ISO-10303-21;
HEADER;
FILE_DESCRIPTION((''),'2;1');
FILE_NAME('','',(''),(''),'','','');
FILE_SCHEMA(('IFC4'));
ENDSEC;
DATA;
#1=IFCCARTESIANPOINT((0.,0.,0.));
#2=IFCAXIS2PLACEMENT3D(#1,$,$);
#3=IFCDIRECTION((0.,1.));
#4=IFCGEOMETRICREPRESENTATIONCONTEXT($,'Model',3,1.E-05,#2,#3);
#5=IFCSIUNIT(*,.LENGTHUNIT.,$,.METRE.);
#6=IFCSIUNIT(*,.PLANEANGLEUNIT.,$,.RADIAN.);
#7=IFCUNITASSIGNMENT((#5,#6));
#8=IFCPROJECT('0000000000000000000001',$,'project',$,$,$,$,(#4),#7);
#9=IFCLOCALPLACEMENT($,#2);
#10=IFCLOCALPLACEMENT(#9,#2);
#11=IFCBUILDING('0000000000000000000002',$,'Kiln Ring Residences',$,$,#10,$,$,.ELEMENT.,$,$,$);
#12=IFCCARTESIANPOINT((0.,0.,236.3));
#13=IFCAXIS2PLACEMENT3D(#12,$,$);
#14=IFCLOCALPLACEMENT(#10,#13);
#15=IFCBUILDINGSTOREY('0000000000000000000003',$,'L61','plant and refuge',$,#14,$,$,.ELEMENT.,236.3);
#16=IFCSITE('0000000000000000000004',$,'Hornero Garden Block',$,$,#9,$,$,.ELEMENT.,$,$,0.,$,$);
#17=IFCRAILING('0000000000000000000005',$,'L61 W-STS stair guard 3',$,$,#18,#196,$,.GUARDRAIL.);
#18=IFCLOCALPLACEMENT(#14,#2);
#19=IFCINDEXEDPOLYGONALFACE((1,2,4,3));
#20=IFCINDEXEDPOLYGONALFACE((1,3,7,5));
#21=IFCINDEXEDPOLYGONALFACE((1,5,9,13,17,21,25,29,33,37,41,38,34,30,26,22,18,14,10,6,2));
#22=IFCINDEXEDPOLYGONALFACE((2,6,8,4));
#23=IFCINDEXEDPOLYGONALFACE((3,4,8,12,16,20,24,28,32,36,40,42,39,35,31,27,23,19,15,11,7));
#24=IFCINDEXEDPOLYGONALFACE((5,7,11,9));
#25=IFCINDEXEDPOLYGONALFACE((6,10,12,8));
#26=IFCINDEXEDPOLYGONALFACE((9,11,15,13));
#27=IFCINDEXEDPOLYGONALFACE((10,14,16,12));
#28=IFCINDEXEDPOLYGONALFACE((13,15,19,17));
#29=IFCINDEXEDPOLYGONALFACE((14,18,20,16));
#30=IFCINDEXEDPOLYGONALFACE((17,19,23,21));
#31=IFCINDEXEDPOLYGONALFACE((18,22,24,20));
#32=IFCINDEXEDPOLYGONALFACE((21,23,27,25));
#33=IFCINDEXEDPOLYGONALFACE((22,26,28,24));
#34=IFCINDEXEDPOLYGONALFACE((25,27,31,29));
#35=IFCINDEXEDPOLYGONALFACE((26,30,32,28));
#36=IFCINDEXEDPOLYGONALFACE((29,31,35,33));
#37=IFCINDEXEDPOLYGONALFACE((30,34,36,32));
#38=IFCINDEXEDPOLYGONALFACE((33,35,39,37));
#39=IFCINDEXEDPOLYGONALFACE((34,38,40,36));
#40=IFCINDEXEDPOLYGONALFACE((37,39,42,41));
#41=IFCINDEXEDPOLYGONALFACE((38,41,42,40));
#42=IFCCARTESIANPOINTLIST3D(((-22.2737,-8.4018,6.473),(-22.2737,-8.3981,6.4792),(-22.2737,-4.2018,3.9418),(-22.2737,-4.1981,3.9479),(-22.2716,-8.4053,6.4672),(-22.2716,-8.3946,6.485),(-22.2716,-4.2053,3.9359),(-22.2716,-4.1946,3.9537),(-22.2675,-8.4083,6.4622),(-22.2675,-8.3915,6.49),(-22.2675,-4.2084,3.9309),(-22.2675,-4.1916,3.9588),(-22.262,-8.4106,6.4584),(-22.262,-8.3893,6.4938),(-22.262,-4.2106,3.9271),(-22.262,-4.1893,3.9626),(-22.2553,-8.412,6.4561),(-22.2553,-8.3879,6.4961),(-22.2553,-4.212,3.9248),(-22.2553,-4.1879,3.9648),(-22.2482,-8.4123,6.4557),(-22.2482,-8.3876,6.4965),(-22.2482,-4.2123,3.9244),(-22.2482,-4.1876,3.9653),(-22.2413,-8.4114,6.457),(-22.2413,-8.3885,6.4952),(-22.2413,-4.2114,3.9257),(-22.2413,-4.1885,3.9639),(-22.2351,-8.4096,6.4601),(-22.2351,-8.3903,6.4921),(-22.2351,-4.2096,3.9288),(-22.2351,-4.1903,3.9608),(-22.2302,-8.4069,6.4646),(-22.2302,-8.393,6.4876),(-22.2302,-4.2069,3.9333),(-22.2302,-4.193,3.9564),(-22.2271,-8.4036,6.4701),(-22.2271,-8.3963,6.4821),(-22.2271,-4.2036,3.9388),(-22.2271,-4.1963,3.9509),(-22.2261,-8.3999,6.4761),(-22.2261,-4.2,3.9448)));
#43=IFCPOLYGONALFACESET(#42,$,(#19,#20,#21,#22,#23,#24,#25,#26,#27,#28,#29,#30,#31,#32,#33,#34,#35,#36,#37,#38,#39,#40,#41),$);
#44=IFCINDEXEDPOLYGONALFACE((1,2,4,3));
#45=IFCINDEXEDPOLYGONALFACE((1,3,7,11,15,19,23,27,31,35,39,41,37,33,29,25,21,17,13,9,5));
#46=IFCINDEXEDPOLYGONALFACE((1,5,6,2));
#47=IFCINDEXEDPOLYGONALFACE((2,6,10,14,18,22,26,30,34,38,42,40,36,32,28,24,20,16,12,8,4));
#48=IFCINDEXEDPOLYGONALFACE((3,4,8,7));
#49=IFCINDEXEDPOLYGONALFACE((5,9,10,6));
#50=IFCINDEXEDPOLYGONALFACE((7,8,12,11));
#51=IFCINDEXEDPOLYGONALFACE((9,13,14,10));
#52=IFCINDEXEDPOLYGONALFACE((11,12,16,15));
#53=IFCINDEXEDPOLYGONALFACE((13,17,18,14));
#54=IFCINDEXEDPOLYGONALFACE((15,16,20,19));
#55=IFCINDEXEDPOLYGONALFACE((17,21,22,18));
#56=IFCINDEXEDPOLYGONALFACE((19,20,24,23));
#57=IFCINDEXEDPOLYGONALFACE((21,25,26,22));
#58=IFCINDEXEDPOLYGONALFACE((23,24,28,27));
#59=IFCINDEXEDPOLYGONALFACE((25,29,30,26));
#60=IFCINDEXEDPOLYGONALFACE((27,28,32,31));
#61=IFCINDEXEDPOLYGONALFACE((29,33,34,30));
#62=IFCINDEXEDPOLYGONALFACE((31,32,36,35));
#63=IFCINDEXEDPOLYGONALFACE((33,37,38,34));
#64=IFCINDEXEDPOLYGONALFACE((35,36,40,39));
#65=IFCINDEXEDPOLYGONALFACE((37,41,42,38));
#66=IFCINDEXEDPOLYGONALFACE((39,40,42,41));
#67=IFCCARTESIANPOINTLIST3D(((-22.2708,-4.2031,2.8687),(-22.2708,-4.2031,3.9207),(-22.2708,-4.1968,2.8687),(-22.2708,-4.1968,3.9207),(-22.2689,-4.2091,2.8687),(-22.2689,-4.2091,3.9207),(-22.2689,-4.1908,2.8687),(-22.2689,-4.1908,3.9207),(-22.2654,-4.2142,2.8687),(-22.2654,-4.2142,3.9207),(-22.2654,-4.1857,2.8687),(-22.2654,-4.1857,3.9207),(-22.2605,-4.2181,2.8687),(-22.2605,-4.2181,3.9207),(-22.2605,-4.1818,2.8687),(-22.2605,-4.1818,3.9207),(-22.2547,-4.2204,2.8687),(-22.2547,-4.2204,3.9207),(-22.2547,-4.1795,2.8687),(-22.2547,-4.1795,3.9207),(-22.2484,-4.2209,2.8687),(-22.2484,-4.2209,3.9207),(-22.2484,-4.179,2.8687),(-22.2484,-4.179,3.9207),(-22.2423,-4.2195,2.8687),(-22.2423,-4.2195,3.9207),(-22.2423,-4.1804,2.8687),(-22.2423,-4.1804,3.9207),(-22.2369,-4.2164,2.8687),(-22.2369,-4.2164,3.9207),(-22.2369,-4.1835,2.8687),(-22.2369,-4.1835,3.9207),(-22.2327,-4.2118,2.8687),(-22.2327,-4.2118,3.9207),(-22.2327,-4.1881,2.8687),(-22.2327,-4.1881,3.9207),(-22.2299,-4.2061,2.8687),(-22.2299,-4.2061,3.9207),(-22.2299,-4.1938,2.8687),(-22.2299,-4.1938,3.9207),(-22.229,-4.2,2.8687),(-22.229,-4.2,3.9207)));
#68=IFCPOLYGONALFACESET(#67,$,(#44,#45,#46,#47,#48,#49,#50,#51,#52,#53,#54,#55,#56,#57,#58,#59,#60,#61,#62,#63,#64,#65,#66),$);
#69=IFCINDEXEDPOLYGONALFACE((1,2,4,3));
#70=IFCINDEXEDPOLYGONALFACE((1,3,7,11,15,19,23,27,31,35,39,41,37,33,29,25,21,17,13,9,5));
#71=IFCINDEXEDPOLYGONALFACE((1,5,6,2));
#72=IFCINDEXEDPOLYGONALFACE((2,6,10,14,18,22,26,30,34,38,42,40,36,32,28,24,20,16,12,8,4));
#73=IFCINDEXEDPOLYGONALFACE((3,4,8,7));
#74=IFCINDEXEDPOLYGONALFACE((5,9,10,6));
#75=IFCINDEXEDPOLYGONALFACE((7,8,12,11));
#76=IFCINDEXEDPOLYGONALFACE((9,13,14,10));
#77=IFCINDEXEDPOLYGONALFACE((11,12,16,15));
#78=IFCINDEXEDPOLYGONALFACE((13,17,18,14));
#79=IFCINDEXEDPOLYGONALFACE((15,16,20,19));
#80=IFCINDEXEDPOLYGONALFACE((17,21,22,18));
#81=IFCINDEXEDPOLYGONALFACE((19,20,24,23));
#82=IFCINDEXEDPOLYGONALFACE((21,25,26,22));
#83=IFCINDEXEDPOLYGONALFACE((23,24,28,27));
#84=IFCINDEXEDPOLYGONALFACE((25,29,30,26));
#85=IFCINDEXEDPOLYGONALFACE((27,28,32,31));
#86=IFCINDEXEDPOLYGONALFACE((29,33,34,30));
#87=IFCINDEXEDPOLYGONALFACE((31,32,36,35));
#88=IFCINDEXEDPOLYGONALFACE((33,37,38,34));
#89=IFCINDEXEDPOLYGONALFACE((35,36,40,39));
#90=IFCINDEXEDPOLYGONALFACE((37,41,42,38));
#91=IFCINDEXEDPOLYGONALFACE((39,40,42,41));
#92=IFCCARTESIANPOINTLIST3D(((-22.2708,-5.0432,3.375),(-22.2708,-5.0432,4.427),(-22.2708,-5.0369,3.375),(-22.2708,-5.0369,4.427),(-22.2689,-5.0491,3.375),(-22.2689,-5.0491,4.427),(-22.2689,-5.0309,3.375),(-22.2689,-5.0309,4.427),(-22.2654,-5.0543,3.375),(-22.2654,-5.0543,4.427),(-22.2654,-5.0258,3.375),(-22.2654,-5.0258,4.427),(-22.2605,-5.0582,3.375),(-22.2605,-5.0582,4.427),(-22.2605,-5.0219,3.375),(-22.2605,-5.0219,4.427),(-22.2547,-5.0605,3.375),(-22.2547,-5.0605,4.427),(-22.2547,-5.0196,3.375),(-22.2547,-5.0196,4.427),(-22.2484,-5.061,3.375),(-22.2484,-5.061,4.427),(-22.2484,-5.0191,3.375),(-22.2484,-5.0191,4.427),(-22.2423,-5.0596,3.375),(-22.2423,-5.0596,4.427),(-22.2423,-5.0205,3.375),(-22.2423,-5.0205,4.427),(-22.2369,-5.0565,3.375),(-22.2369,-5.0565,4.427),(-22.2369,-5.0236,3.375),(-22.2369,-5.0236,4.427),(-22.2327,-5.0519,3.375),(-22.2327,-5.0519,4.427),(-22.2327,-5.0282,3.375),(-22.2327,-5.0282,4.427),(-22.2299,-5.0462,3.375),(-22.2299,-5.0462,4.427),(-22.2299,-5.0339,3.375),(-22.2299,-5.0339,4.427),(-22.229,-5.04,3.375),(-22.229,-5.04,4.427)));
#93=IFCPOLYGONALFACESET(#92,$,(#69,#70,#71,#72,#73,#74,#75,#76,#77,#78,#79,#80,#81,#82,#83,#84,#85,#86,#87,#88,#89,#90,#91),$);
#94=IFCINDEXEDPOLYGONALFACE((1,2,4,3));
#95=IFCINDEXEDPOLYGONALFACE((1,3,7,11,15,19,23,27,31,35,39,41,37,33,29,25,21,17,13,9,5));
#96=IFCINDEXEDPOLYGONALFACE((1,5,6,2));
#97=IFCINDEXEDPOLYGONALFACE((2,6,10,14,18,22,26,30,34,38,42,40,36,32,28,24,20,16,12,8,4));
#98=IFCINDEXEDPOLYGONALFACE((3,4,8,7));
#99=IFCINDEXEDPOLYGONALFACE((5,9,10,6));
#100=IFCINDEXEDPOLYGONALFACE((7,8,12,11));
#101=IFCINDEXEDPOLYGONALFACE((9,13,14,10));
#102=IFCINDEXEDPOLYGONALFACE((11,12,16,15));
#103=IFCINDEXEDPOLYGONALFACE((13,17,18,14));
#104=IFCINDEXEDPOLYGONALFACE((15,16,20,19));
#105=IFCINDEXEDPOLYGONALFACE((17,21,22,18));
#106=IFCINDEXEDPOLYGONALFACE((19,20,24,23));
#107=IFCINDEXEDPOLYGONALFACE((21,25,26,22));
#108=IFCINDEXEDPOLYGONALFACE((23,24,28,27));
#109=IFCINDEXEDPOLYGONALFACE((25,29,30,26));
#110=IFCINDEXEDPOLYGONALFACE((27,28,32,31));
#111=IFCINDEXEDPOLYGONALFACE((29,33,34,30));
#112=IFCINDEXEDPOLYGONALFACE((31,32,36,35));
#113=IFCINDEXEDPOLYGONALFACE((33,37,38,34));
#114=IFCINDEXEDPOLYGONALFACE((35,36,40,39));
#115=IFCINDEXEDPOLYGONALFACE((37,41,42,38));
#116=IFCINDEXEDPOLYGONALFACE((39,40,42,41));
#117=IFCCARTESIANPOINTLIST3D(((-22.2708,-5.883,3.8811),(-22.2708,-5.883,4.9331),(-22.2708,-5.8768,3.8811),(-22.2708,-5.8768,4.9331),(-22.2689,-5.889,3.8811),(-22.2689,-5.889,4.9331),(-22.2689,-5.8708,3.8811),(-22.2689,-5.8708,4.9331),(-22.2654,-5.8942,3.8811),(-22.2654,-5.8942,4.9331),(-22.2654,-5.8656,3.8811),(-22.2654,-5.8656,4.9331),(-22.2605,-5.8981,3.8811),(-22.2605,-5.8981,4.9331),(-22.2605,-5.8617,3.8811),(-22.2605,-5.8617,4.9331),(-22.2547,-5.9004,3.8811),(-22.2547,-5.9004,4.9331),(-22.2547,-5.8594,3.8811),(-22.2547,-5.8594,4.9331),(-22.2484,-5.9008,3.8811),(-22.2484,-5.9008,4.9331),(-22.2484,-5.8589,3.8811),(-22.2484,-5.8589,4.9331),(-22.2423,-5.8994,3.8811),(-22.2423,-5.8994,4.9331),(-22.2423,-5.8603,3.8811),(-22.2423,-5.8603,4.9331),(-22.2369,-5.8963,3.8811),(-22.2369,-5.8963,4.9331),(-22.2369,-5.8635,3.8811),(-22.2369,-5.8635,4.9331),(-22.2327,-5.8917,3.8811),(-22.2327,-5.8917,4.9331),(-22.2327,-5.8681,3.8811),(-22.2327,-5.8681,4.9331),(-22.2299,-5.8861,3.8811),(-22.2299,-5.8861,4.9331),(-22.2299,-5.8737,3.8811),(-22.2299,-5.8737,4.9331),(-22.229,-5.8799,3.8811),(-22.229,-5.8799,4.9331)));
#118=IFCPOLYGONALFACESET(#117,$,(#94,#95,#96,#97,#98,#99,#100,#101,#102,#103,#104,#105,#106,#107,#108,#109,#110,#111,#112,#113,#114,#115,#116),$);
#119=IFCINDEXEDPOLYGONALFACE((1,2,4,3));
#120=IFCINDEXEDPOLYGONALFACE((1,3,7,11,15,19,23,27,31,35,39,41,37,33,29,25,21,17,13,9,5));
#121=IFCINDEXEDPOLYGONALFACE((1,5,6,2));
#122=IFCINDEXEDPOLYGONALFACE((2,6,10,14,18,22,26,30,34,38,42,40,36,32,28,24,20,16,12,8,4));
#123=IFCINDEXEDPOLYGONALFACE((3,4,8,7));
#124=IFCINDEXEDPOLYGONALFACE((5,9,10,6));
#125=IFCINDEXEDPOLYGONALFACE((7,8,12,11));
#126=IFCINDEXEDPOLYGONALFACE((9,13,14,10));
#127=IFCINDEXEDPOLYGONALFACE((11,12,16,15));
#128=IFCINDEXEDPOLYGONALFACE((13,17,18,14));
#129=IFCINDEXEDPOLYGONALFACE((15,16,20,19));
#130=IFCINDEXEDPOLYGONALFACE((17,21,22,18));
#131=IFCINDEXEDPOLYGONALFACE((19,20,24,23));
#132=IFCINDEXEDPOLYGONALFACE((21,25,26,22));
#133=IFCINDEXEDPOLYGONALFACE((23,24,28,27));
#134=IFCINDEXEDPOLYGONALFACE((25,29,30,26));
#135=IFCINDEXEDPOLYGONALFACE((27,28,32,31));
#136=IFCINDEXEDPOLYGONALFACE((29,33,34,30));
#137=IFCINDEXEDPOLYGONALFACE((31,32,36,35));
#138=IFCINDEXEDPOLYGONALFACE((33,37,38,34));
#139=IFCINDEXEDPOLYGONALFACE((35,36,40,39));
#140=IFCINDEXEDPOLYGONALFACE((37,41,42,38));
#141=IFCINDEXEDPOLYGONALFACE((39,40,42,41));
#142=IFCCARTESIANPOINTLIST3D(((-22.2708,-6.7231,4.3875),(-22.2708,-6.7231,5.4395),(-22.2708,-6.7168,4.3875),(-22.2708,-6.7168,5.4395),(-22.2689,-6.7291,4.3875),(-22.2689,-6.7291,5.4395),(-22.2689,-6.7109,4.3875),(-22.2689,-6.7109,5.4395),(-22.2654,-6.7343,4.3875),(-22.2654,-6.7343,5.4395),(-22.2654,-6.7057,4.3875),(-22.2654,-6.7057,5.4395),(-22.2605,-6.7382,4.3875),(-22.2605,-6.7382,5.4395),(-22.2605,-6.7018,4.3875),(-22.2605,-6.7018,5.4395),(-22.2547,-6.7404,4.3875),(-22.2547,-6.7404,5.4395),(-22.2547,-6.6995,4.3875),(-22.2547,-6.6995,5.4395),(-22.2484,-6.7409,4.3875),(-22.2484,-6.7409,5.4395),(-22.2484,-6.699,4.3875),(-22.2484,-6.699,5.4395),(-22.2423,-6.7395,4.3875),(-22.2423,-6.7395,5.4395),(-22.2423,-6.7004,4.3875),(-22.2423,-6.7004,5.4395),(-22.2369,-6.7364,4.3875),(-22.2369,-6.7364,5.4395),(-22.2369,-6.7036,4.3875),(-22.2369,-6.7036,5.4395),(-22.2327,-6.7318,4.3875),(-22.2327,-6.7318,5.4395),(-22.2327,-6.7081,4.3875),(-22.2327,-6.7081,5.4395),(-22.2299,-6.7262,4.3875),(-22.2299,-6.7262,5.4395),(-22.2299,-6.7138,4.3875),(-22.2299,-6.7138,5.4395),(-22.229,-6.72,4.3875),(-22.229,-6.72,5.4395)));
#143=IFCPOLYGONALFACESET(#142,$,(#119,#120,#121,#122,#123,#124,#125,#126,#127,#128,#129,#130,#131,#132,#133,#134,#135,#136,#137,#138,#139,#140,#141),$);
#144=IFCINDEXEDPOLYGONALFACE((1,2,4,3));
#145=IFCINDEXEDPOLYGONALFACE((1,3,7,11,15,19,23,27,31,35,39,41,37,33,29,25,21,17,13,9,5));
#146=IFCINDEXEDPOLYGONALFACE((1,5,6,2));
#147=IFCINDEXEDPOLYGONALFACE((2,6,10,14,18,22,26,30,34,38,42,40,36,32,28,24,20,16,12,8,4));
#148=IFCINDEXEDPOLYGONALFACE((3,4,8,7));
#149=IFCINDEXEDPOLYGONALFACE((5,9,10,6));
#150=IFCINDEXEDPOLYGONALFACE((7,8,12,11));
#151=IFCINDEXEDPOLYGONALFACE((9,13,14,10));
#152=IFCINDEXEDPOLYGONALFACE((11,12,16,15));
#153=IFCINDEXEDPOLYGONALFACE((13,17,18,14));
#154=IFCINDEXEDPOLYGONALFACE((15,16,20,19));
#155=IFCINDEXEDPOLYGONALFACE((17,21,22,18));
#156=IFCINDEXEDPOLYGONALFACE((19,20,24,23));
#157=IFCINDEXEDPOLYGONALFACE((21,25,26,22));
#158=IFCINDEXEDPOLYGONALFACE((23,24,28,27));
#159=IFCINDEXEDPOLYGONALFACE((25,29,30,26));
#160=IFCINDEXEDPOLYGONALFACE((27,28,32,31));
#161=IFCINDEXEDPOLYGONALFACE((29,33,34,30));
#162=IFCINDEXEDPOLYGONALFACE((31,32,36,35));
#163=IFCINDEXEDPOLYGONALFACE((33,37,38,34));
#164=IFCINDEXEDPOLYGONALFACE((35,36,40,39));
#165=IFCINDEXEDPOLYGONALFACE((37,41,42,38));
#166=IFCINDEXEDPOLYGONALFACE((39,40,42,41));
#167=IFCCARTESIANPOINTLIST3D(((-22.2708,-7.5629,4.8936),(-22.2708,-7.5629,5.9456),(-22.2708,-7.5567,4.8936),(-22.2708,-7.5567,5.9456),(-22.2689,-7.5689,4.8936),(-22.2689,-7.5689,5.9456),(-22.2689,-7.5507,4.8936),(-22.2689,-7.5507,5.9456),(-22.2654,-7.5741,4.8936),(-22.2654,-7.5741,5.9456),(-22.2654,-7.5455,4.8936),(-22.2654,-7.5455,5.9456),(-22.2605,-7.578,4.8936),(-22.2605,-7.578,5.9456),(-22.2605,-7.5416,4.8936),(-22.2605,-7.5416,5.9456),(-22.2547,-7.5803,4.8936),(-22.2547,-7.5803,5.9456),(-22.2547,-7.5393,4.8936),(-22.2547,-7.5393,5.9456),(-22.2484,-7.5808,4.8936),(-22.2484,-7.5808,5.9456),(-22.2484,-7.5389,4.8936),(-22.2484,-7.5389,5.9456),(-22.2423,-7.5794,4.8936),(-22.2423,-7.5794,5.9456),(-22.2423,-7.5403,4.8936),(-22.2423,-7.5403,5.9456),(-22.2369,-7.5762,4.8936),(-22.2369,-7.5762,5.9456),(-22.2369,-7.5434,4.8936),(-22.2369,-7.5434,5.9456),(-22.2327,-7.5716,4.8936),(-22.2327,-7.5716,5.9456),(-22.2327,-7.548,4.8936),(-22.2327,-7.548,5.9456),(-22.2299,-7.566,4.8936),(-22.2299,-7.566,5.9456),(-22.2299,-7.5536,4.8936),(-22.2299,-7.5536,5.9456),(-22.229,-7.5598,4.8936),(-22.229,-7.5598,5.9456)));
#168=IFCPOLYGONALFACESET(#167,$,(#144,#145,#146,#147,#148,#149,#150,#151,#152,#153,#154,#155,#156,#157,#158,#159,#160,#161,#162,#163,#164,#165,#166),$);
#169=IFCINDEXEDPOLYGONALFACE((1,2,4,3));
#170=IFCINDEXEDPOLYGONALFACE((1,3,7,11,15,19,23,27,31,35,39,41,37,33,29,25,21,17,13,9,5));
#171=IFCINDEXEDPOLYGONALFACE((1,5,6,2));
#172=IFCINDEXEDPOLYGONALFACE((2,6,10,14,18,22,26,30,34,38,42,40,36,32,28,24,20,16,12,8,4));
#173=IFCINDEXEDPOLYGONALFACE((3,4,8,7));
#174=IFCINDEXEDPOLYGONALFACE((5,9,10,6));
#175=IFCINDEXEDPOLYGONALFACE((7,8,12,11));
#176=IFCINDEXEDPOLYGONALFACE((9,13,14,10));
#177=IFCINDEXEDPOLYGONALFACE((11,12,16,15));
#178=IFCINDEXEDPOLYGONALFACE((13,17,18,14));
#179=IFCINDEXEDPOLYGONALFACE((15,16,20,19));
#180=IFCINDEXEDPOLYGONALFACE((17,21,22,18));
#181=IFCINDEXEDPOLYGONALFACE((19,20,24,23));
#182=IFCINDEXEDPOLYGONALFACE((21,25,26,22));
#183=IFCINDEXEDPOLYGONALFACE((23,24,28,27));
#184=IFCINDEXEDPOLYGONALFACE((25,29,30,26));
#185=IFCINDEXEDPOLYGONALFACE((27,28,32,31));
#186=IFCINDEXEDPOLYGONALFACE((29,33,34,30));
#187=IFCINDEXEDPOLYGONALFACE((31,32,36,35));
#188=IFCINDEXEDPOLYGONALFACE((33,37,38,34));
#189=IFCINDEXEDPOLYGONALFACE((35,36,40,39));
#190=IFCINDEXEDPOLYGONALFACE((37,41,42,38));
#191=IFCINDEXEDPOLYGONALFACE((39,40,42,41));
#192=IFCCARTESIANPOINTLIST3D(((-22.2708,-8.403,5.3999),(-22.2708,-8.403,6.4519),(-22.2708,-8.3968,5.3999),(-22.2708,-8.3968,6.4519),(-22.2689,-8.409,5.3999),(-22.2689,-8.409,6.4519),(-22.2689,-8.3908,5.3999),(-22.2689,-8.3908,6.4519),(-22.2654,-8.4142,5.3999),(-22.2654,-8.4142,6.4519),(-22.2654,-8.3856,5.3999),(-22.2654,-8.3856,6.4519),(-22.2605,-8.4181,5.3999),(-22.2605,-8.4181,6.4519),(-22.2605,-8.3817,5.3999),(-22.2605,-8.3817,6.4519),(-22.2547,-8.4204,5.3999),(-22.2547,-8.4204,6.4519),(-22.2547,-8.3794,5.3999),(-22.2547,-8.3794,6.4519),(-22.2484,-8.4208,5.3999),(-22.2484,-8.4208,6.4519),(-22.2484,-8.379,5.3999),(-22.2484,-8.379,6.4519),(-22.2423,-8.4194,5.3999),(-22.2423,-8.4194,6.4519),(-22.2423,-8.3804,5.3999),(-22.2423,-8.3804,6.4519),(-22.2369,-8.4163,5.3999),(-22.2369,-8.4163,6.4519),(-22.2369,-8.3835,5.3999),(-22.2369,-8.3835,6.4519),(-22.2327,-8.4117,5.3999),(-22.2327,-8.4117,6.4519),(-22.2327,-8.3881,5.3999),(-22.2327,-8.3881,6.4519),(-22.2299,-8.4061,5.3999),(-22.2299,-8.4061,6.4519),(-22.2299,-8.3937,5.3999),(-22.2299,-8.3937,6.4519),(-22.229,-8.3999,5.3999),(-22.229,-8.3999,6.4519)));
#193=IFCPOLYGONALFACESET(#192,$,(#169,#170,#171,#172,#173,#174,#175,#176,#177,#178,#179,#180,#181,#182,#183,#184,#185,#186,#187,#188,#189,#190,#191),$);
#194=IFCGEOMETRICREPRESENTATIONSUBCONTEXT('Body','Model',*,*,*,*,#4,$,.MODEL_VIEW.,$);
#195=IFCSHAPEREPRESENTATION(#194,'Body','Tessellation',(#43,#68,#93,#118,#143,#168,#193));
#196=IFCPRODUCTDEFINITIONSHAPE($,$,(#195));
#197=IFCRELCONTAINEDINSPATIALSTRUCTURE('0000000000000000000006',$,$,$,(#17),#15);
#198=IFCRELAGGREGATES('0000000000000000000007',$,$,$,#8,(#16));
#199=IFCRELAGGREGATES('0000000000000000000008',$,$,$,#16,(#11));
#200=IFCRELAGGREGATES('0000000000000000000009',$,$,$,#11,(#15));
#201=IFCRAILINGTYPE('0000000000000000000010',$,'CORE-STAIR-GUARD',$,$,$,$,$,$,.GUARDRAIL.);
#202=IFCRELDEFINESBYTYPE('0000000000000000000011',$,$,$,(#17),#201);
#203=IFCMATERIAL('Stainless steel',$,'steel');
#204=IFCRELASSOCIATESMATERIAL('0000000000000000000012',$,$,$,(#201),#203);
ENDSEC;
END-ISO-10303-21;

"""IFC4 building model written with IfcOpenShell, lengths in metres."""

from ifc_helpers import new_model, si_unit, direction, frame, origin, origin_2d, place, context, subcontext, project, spatial, circle, extrude, material, type_object, element, save


model = new_model("IFC4")

# Units and contexts
model_context = context("Model", 3, precision=1e-05, world=origin(), true_north=direction((0.0, 1.0)))
body_context = subcontext(model_context, "Body", "Model", "MODEL_VIEW")
ifc_project = project(units=[si_unit("LENGTHUNIT", "METRE"), si_unit("PLANEANGLEUNIT", "RADIAN")], contexts=[model_context])

# Site, building, storey
site_placement = place(None, origin())
site = spatial("IfcSite", under=ifc_project, at=site_placement, Name="Hornero Garden Block", CompositionType="ELEMENT", RefElevation=0.0)
building_placement = place(site_placement, origin())
building = spatial("IfcBuilding", under=site, at=building_placement, Name="Kiln Ring Residences", CompositionType="ELEMENT")
storey_placement = place(building_placement, frame((0.0, 0.0, 236.3)))
storey = spatial("IfcBuildingStorey", under=building, at=storey_placement, Name="L61", Description="plant and refuge", CompositionType="ELEMENT", Elevation=236.3)

# Railing
ifc_material_1 = material(Name="Stainless steel", Category="steel")
railing_type_1 = type_object("IfcRailingType", Name="CORE-STAIR-GUARD", PredefinedType="GUARDRAIL", material=ifc_material_1)
railing_1_placement = place(storey_placement, frame((-22.25, -4.2, 2.8687)))
element("IfcRailing", 1, at=railing_1_placement, inside=storey, type_object=railing_type_1, Name="L61 W-STS stair guard 3", PredefinedType="GUARDRAIL", context=body_context, shape_type="SweptSolid", body=[
    extrude(circle(Radius=0.0239, at=origin_2d()), frame((0.0, 0.0, 1.0762), z_axis=(0.0, -0.856476, 0.516186), x_axis=(1.0, 0.0, 0.0)), (0.0, 0.0, 1.0), 4.9038),
    extrude(circle(Radius=0.021, at=origin_2d()), origin(), (0.0, 0.0, 1.0), 1.052),
    extrude(circle(Radius=0.021, at=origin_2d()), frame((0.0, -0.8401, 0.5063)), (0.0, 0.0, 1.0), 1.052),
    extrude(circle(Radius=0.021, at=origin_2d()), frame((0.0, -1.6799, 1.0125)), (0.0, 0.0, 1.0), 1.052),
    extrude(circle(Radius=0.021, at=origin_2d()), frame((0.0, -2.52, 1.5188)), (0.0, 0.0, 1.0), 1.052),
    extrude(circle(Radius=0.021, at=origin_2d()), frame((0.0, -3.3599, 2.0249)), (0.0, 0.0, 1.0), 1.052),
    extrude(circle(Radius=0.021, at=origin_2d()), frame((0.0, -4.2, 2.5312)), (0.0, 0.0, 1.0), 1.052),
])

save(model, "model.ifc")
